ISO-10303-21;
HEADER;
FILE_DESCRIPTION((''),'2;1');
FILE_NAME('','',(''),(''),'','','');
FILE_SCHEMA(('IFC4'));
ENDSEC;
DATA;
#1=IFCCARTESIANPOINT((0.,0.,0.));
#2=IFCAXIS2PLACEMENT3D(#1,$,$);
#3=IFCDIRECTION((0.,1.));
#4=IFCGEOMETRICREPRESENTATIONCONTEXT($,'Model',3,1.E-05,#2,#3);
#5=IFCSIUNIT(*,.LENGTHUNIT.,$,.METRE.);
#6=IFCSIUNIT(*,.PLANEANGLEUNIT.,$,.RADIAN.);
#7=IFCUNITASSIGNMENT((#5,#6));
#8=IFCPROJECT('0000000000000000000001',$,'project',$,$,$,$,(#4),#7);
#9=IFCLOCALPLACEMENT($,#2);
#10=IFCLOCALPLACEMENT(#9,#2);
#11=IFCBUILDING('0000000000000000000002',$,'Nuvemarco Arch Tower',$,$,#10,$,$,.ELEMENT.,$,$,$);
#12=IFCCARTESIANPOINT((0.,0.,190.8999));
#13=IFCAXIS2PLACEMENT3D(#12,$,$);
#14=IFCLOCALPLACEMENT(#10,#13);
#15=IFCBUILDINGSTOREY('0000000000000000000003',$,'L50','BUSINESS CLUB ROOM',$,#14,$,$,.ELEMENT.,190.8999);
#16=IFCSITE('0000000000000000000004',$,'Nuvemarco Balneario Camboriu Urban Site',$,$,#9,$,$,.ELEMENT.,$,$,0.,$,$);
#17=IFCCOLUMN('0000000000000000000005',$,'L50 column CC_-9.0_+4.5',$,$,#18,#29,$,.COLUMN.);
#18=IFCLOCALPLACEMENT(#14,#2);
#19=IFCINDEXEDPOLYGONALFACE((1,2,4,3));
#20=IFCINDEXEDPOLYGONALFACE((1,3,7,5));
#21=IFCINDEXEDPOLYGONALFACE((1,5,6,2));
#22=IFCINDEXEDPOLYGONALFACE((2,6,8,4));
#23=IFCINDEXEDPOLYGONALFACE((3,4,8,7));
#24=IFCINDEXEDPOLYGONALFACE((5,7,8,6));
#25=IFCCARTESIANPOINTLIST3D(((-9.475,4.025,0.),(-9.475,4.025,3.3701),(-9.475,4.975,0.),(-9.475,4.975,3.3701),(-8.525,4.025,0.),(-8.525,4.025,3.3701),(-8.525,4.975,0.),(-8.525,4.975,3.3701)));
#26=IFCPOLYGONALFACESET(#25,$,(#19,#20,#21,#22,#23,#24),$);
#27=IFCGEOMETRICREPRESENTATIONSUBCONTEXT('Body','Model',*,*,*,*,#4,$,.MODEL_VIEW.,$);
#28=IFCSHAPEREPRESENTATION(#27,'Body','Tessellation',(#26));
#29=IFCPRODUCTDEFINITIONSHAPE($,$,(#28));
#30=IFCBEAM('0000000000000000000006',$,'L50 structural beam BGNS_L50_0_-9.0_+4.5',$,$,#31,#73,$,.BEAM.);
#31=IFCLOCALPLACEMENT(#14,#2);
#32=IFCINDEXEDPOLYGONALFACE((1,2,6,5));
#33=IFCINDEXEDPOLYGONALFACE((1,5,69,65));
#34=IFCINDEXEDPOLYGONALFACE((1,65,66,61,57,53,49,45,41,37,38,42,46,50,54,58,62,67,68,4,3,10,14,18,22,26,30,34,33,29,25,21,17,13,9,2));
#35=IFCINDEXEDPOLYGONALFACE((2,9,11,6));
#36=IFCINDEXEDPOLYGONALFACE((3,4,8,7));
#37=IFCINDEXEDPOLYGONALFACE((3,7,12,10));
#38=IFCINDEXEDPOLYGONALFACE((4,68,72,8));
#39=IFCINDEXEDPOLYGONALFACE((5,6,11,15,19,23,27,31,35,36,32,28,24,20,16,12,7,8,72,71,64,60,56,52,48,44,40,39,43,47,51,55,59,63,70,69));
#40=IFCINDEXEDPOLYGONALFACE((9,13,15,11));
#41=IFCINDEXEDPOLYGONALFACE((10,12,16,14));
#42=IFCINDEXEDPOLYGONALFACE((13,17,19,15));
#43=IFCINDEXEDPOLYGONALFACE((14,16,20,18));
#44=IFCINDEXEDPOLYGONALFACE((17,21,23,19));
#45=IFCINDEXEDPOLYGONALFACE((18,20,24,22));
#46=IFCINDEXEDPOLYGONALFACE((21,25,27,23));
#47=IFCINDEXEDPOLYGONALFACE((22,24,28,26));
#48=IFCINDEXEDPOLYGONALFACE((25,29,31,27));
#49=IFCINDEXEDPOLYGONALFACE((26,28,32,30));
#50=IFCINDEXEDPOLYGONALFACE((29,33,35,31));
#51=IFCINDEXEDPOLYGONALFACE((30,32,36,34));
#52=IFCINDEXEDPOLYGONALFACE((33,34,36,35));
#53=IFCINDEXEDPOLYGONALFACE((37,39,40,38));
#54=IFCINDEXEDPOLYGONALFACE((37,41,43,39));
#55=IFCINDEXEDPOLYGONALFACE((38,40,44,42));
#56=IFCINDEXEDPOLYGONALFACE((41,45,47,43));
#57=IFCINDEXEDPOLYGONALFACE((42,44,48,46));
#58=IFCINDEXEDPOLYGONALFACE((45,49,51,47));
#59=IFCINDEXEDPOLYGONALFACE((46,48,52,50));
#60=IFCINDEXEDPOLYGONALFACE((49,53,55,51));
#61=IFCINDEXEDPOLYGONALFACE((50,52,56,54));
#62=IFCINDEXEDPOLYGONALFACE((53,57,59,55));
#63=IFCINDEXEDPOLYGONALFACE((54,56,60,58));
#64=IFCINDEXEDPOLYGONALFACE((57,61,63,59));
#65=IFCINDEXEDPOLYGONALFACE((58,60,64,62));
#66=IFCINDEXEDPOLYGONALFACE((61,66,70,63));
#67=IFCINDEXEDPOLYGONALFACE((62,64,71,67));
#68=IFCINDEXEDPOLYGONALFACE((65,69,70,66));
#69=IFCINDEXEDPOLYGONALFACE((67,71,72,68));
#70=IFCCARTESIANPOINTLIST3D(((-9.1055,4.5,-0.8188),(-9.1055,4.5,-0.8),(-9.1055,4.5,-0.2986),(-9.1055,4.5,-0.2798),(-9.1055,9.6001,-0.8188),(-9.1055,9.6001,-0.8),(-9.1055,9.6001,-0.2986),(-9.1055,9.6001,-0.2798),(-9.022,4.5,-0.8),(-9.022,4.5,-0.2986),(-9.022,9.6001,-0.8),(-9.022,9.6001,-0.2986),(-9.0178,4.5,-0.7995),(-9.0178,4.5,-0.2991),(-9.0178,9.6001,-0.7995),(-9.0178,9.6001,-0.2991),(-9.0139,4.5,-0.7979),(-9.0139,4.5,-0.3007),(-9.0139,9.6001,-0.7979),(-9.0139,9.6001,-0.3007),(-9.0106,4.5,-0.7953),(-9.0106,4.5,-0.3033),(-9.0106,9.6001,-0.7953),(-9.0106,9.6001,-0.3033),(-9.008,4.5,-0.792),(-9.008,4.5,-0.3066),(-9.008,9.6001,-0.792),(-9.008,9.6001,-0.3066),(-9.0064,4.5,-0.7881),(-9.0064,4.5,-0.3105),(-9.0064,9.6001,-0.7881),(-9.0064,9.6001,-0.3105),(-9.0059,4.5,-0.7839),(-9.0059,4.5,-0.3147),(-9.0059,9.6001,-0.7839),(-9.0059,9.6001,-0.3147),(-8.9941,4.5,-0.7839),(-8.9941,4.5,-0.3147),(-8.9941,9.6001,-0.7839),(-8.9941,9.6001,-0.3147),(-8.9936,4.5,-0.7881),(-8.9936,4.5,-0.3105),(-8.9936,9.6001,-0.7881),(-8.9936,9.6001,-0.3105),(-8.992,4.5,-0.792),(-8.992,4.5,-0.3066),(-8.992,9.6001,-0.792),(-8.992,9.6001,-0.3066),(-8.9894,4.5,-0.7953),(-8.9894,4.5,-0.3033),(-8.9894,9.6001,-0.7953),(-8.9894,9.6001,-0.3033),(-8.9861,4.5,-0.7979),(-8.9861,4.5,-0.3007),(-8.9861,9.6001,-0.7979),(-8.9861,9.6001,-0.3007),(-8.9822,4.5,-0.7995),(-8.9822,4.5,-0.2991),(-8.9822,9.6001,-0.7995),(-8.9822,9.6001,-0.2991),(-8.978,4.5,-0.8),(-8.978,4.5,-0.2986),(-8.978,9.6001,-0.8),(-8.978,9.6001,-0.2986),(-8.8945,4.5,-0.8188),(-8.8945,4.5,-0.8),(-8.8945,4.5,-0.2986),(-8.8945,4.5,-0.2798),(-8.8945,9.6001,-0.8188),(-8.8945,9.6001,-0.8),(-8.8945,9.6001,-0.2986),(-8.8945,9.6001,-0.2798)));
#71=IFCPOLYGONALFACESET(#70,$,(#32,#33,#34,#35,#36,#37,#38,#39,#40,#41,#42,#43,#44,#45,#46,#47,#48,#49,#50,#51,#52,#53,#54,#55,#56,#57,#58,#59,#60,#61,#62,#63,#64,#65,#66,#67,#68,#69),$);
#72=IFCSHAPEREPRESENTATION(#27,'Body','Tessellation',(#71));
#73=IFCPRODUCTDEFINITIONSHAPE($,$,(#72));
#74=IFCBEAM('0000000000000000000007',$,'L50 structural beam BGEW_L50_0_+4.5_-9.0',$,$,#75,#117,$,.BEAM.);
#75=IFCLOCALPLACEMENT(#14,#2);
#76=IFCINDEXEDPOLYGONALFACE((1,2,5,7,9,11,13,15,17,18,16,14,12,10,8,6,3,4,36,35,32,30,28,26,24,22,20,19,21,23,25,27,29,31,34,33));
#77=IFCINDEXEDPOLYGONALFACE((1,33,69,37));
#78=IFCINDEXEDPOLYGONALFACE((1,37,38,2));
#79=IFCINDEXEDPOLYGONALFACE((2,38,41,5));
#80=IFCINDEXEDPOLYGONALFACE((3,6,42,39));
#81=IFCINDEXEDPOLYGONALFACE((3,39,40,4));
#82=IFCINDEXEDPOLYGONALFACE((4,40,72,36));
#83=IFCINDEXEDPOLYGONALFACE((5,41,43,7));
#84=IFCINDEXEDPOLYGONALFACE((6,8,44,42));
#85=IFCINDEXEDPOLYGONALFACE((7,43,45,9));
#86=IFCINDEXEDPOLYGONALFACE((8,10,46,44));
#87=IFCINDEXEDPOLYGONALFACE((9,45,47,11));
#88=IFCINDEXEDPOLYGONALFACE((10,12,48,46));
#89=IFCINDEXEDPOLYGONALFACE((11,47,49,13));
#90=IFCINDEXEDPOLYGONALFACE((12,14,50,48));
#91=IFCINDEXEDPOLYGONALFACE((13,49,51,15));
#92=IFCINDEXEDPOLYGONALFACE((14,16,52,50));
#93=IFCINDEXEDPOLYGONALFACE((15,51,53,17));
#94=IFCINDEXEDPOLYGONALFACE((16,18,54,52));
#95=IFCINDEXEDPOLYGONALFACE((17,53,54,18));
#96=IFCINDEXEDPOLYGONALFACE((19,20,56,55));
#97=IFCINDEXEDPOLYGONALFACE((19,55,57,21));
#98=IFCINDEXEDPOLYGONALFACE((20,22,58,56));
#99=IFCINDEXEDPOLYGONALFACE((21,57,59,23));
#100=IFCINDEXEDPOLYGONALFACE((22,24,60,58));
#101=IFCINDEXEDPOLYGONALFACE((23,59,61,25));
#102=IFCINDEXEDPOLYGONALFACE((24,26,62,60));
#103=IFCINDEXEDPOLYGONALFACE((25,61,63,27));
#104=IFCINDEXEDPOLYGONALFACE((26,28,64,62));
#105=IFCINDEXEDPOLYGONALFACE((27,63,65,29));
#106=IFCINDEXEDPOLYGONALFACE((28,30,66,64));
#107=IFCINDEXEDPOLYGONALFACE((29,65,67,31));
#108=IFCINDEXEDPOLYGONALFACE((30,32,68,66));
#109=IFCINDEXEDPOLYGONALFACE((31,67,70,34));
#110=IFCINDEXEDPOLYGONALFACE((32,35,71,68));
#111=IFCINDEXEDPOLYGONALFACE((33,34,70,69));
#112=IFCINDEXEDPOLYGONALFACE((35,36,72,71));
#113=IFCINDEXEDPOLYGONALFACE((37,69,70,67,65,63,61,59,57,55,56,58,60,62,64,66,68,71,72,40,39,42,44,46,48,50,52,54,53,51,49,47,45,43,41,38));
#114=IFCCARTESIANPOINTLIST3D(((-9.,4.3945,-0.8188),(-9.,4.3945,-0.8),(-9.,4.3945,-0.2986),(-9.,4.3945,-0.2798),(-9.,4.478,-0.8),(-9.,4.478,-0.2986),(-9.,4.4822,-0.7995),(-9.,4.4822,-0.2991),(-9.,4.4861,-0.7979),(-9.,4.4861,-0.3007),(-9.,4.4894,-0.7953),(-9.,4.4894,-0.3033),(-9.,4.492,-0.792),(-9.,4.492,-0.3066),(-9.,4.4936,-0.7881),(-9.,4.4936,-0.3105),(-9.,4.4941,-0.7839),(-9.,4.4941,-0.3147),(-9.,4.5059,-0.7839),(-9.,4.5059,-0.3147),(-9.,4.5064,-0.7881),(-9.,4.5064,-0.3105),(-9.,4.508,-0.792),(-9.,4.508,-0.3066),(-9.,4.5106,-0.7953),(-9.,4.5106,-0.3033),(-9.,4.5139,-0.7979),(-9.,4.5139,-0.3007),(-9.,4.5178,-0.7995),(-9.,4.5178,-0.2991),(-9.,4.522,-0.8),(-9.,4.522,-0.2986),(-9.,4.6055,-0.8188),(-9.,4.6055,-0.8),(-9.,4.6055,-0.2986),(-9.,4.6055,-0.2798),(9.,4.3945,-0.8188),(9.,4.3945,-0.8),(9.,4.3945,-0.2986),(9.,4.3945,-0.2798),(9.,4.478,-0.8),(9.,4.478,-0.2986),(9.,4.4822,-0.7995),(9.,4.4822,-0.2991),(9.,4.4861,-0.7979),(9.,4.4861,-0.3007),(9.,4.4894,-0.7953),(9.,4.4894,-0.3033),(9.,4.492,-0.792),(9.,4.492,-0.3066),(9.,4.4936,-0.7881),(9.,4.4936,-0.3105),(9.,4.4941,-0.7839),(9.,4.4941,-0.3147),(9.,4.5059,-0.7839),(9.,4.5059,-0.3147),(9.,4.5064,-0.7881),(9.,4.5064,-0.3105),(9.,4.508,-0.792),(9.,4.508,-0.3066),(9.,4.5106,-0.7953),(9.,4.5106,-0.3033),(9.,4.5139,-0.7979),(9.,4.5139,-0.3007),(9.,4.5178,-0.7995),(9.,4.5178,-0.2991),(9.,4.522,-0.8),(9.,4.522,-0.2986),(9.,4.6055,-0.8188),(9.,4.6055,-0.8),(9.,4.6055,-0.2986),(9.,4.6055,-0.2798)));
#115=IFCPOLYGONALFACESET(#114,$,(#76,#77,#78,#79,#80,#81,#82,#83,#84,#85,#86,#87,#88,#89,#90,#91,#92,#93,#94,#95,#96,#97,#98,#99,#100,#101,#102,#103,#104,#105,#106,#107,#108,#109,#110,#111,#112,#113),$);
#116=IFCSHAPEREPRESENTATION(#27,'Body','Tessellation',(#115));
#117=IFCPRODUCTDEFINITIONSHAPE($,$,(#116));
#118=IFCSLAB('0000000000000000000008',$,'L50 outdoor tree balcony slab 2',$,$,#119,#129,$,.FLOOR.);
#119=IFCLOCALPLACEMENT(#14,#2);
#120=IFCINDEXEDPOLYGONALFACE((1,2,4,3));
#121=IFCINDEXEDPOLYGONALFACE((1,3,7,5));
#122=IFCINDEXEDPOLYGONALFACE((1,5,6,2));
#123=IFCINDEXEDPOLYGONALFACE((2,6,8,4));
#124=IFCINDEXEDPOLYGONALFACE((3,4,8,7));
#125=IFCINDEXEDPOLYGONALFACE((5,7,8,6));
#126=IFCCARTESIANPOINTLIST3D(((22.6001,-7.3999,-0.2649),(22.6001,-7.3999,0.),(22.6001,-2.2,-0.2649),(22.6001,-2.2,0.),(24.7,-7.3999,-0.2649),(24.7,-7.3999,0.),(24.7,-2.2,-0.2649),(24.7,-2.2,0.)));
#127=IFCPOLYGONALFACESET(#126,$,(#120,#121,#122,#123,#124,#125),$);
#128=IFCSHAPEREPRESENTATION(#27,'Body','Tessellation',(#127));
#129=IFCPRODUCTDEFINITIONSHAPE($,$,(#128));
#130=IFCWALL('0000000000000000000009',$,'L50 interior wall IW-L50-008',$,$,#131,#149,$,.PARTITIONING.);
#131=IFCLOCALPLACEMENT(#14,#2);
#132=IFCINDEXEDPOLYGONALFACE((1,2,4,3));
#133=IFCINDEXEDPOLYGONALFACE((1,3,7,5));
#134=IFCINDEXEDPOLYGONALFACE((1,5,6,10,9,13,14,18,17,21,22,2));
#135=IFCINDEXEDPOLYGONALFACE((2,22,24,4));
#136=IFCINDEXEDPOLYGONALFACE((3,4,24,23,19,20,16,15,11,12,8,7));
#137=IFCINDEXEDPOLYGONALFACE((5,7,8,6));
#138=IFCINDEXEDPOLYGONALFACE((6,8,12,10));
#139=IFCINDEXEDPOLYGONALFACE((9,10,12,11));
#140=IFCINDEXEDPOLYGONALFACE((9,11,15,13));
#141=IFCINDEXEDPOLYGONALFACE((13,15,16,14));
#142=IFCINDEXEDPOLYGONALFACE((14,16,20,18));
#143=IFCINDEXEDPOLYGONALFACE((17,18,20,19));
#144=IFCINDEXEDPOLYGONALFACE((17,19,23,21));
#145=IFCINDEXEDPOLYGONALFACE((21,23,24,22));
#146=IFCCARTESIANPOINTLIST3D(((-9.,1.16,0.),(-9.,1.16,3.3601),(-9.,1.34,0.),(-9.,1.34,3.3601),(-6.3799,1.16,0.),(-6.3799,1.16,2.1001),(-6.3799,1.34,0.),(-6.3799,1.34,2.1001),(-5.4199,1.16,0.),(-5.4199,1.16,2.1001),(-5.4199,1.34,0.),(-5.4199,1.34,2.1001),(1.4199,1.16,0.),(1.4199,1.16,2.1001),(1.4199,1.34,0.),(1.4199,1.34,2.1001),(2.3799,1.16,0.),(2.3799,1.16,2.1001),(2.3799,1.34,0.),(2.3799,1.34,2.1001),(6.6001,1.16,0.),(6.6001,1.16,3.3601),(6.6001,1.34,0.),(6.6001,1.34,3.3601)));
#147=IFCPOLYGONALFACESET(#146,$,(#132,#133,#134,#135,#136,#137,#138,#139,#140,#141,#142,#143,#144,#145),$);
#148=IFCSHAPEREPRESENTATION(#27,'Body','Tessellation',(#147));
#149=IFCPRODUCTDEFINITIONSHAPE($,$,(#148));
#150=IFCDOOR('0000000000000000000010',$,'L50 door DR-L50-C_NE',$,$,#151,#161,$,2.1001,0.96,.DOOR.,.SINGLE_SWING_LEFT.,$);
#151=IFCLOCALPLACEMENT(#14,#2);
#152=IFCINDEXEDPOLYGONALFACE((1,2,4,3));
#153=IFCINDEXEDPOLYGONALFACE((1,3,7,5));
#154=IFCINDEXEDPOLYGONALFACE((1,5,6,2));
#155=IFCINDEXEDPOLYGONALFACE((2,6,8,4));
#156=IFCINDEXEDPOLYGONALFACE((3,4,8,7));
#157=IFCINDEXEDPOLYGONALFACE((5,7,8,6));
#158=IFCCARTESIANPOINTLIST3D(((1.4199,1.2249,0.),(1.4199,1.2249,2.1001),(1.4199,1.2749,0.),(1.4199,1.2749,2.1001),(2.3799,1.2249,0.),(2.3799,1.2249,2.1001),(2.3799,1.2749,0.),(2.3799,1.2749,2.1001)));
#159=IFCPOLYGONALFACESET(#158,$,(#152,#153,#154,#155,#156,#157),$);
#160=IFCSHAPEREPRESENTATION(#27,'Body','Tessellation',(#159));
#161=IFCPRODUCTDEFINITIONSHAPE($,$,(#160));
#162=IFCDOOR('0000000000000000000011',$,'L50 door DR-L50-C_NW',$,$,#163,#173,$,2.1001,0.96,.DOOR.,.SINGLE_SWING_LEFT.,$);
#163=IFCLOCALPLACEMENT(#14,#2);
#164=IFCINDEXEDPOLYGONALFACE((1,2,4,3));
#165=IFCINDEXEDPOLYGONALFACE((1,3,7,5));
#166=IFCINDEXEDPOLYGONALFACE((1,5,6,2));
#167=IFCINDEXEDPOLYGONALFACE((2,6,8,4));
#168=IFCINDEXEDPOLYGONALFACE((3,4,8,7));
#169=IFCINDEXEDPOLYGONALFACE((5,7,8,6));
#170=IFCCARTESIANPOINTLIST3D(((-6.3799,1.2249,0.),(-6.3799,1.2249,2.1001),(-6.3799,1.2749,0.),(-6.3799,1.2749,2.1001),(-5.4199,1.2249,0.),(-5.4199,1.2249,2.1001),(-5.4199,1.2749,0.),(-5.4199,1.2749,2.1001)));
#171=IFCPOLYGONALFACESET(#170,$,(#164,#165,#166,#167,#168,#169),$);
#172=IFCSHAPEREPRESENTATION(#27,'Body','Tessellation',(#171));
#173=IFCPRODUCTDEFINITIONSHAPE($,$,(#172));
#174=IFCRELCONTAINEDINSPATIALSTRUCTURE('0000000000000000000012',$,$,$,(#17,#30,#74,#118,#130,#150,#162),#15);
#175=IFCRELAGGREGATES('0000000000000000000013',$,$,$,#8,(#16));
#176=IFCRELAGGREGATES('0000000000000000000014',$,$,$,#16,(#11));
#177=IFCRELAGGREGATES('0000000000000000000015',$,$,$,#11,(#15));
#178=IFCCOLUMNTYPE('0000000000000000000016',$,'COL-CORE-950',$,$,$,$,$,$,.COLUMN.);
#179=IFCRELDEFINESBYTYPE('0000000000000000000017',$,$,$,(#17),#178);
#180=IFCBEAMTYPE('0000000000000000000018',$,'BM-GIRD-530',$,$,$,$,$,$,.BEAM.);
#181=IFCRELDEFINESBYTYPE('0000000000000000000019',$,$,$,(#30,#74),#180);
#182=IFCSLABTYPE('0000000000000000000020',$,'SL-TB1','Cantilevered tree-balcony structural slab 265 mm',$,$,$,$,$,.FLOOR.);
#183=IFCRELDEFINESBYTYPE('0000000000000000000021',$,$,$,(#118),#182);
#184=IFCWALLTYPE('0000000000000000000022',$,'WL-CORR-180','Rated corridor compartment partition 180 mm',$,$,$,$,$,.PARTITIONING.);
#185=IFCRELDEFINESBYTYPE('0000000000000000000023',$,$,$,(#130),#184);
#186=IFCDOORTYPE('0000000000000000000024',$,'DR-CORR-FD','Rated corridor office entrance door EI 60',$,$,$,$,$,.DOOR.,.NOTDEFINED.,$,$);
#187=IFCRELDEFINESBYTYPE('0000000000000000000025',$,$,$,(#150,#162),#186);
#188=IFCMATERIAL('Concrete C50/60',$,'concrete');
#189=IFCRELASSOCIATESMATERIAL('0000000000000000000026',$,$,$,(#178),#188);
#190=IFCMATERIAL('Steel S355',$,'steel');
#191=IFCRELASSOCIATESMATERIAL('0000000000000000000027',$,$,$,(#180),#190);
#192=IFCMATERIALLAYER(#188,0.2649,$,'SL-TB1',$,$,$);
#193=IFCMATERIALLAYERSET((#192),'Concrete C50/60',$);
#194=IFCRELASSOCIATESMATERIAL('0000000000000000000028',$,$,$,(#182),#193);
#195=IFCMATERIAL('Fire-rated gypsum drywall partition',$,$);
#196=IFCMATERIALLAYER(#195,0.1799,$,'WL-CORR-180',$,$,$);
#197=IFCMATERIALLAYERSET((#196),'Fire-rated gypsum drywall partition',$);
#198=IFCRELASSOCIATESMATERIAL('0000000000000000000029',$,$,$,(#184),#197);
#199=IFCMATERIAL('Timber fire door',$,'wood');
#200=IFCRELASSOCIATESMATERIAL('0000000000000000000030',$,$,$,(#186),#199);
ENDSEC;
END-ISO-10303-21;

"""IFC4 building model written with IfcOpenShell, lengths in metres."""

from ifc_helpers import new_model, si_unit, direction, frame, frame_2d, origin, origin_2d, place, context, subcontext, project, spatial, polyline, rectangle, i_section, outline, extrude, source, transform, mapped, material, layer, layer_set, material_profile, profile_set, type_object, type_shapes, element, fill, save


model = new_model("IFC4")

# Units and contexts
model_context = context("Model", 3, precision=1e-05, world=origin(), true_north=direction((0.0, 1.0)))
body_context = subcontext(model_context, "Body", "Model", "MODEL_VIEW")
ifc_project = project(units=[si_unit("LENGTHUNIT", "METRE"), si_unit("PLANEANGLEUNIT", "RADIAN")], contexts=[model_context])

# Site, building, storey
site_placement = place(None, origin())
site = spatial("IfcSite", under=ifc_project, at=site_placement, Name="Nuvemarco Balneario Camboriu Urban Site", CompositionType="ELEMENT", RefElevation=0.0)
building_placement = place(site_placement, origin())
building = spatial("IfcBuilding", under=site, at=building_placement, Name="Nuvemarco Arch Tower", CompositionType="ELEMENT")
storey_placement = place(building_placement, frame((0.0, 0.0, 190.8999)))
storey = spatial("IfcBuildingStorey", under=building, at=storey_placement, Name="L50", Description="BUSINESS CLUB ROOM", CompositionType="ELEMENT", Elevation=190.8999)

# Column
ifc_material_1 = material(Name="Concrete C50/60", Category="concrete")
ifc_material_profile_1 = material_profile(ifc_material_1, rectangle(XDim=0.95, YDim=0.95, at=origin_2d()), Name="RC-COL-950x950")
ifc_profile_set_1 = profile_set([ifc_material_profile_1], Name="Concrete C50/60")
column_type = type_object("IfcColumnType", Name="COL-CORE-950", PredefinedType="COLUMN", material=ifc_profile_set_1)
column_placement = place(storey_placement, frame((-9.0, 4.5, 0.0), z_axis=(0.0, 0.0, 1.0), x_axis=(1.0, 0.0, 0.0)))
element("IfcColumn", 1, at=column_placement, inside=storey, type_object=column_type, Name="L50 column CC_-9.0_+4.5", PredefinedType="COLUMN", context=body_context, shape_type="SweptSolid", body=[
    extrude(rectangle(XDim=0.95, YDim=0.95, at=origin_2d()), origin(), (0.0, 0.0, 1.0), 3.3701),
])

# Beams
ifc_material_2 = material(Name="Steel S355", Category="steel")
ifc_material_profile_2 = material_profile(ifc_material_2, i_section(OverallWidth=0.2109, OverallDepth=0.5391, WebThickness=0.0117, FlangeThickness=0.0188, FilletRadius=0.0161, at=origin_2d()), Name="W530x109")
ifc_profile_set_2 = profile_set([ifc_material_profile_2], Name="Steel S355")
beam_type = type_object("IfcBeamType", Name="BM-GIRD-530", PredefinedType="BEAM", material=ifc_profile_set_2)
beam_1_placement = place(storey_placement, frame((-9.0, 4.5, -0.5493), z_axis=(0.0, 1.0, 0.0), x_axis=(-1.0, 0.0, 0.0)))
element("IfcBeam", 2, at=beam_1_placement, inside=storey, type_object=beam_type, Name="L50 structural beam BGNS_L50_0_-9.0_+4.5", PredefinedType="BEAM", context=body_context, shape_type="SweptSolid", body=[
    extrude(i_section(OverallWidth=0.2109, OverallDepth=0.5391, WebThickness=0.0117, FlangeThickness=0.0188, FilletRadius=0.0161, at=origin_2d()), origin(), (0.0, 0.0, 1.0), 5.1001),
])
beam_2_placement = place(storey_placement, frame((-9.0, 4.5, -0.5493), z_axis=(1.0, 0.0, 0.0), x_axis=(0.0, 1.0, 0.0)))
element("IfcBeam", 3, at=beam_2_placement, inside=storey, type_object=beam_type, Name="L50 structural beam BGEW_L50_0_+4.5_-9.0", PredefinedType="BEAM", context=body_context, shape_type="SweptSolid", body=[
    extrude(i_section(OverallWidth=0.2109, OverallDepth=0.5391, WebThickness=0.0117, FlangeThickness=0.0188, FilletRadius=0.0161, at=origin_2d()), origin(), (0.0, 0.0, 1.0), 18.0),
])

# Slab
ifc_layer_1 = layer(ifc_material_1, 0.2649, Name="SL-TB1")
ifc_layer_set_1 = layer_set([ifc_layer_1], Name="Concrete C50/60")
slab_type = type_object("IfcSlabType", Name="SL-TB1", Description="Cantilevered tree-balcony structural slab 265 mm", PredefinedType="FLOOR", material=ifc_layer_set_1)
slab_placement = place(storey_placement, frame((0.0, 0.0, -0.2649)))
element("IfcSlab", 4, at=slab_placement, inside=storey, type_object=slab_type, Name="L50 outdoor tree balcony slab 2", PredefinedType="FLOOR", context=body_context, shape_type="SweptSolid", body=[
    extrude(outline(polyline([(22.6001, -7.3999), (24.7, -7.3999), (24.7, -2.2), (22.6001, -2.2), (22.6001, -7.3999)])), origin(), (0.0, 0.0, 1.0), 0.2649),
])

# Wall, openings, doors
ifc_material_3 = material(Name="Fire-rated gypsum drywall partition")
ifc_layer_2 = layer(ifc_material_3, 0.1799, Name="WL-CORR-180")
ifc_layer_set_2 = layer_set([ifc_layer_2], Name="Fire-rated gypsum drywall partition")
wall_type_1 = type_object("IfcWallType", Name="WL-CORR-180", Description="Rated corridor compartment partition 180 mm", PredefinedType="PARTITIONING", material=ifc_layer_set_2)
wall_1_placement = place(storey_placement, frame((-9.0, 1.25, 0.0), z_axis=(0.0, 0.0, 1.0), x_axis=(1.0, 0.0, 0.0)))
wall_1 = element("IfcWall", 5, at=wall_1_placement, inside=storey, type_object=wall_type_1, Name="L50 interior wall IW-L50-008", PredefinedType="PARTITIONING", context=body_context, shape_type="SweptSolid", body=[
    extrude(rectangle(XDim=15.6001, YDim=0.1799, at=frame_2d((7.8, 0.0))), origin(), (0.0, 0.0, 1.0), 3.3601),
])
opening_1_placement = place(wall_1_placement, frame((10.4199, 0.0, 0.0)))
opening_1 = element("IfcOpeningElement", 6, at=opening_1_placement, cuts=wall_1, PredefinedType="OPENING", context=body_context, shape_type="SweptSolid", body=[
    extrude(rectangle(XDim=0.96, YDim=2.1001, at=frame_2d((0.48, 1.05))), frame((0.0, 0.0999, 0.0), z_axis=(0.0, -1.0, 0.0), x_axis=(1.0, 0.0, 0.0)), (0.0, 0.0, 1.0), 0.2),
])
opening_2_placement = place(wall_1_placement, frame((2.6201, 0.0, 0.0)))
opening_2 = element("IfcOpeningElement", 7, at=opening_2_placement, cuts=wall_1, PredefinedType="OPENING", context=body_context, shape_type="SweptSolid", body=[
    extrude(rectangle(XDim=0.96, YDim=2.1001, at=frame_2d((0.48, 1.05))), frame((0.0, 0.0999, 0.0), z_axis=(0.0, -1.0, 0.0), x_axis=(1.0, 0.0, 0.0)), (0.0, 0.0, 1.0), 0.2),
])
ifc_material_4 = material(Name="Timber fire door", Category="wood")
door_type_1 = type_object("IfcDoorType", Name="DR-CORR-FD", Description="Rated corridor office entrance door EI 60", OperationType="NOTDEFINED", PredefinedType="DOOR", material=ifc_material_4)
shared_shape_1 = source(origin(), body_context, "Body", "SweptSolid", [
    extrude(rectangle(XDim=0.96, YDim=2.1001, at=frame_2d((0.48, 1.05))), frame((0.0, 0.0249, 0.0), z_axis=(0.0, -1.0, 0.0), x_axis=(1.0, 0.0, 0.0)), (0.0, 0.0, 1.0), 0.05),
])
type_shapes(door_type_1, [shared_shape_1])
door_1_placement = place(opening_1_placement, origin())
door_1 = element("IfcDoor", 8, at=door_1_placement, inside=storey, type_object=door_type_1, Name="L50 door DR-L50-C_NE", OperationType="SINGLE_SWING_LEFT", OverallHeight=2.1001, OverallWidth=0.96, PredefinedType="DOOR", context=body_context, shape_type="MappedRepresentation", body=[
    mapped(shared_shape_1, transform((0.0, 0.0, 0.0), scale=1.0)),
])
fill(opening_1, door_1)
door_2_placement = place(opening_2_placement, origin())
door_2 = element("IfcDoor", 9, at=door_2_placement, inside=storey, type_object=door_type_1, Name="L50 door DR-L50-C_NW", OperationType="SINGLE_SWING_LEFT", OverallHeight=2.1001, OverallWidth=0.96, PredefinedType="DOOR", context=body_context, shape_type="MappedRepresentation", body=[
    mapped(shared_shape_1, transform((0.0, 0.0, 0.0), scale=1.0)),
])
fill(opening_2, door_2)

save(model, "model.ifc")
